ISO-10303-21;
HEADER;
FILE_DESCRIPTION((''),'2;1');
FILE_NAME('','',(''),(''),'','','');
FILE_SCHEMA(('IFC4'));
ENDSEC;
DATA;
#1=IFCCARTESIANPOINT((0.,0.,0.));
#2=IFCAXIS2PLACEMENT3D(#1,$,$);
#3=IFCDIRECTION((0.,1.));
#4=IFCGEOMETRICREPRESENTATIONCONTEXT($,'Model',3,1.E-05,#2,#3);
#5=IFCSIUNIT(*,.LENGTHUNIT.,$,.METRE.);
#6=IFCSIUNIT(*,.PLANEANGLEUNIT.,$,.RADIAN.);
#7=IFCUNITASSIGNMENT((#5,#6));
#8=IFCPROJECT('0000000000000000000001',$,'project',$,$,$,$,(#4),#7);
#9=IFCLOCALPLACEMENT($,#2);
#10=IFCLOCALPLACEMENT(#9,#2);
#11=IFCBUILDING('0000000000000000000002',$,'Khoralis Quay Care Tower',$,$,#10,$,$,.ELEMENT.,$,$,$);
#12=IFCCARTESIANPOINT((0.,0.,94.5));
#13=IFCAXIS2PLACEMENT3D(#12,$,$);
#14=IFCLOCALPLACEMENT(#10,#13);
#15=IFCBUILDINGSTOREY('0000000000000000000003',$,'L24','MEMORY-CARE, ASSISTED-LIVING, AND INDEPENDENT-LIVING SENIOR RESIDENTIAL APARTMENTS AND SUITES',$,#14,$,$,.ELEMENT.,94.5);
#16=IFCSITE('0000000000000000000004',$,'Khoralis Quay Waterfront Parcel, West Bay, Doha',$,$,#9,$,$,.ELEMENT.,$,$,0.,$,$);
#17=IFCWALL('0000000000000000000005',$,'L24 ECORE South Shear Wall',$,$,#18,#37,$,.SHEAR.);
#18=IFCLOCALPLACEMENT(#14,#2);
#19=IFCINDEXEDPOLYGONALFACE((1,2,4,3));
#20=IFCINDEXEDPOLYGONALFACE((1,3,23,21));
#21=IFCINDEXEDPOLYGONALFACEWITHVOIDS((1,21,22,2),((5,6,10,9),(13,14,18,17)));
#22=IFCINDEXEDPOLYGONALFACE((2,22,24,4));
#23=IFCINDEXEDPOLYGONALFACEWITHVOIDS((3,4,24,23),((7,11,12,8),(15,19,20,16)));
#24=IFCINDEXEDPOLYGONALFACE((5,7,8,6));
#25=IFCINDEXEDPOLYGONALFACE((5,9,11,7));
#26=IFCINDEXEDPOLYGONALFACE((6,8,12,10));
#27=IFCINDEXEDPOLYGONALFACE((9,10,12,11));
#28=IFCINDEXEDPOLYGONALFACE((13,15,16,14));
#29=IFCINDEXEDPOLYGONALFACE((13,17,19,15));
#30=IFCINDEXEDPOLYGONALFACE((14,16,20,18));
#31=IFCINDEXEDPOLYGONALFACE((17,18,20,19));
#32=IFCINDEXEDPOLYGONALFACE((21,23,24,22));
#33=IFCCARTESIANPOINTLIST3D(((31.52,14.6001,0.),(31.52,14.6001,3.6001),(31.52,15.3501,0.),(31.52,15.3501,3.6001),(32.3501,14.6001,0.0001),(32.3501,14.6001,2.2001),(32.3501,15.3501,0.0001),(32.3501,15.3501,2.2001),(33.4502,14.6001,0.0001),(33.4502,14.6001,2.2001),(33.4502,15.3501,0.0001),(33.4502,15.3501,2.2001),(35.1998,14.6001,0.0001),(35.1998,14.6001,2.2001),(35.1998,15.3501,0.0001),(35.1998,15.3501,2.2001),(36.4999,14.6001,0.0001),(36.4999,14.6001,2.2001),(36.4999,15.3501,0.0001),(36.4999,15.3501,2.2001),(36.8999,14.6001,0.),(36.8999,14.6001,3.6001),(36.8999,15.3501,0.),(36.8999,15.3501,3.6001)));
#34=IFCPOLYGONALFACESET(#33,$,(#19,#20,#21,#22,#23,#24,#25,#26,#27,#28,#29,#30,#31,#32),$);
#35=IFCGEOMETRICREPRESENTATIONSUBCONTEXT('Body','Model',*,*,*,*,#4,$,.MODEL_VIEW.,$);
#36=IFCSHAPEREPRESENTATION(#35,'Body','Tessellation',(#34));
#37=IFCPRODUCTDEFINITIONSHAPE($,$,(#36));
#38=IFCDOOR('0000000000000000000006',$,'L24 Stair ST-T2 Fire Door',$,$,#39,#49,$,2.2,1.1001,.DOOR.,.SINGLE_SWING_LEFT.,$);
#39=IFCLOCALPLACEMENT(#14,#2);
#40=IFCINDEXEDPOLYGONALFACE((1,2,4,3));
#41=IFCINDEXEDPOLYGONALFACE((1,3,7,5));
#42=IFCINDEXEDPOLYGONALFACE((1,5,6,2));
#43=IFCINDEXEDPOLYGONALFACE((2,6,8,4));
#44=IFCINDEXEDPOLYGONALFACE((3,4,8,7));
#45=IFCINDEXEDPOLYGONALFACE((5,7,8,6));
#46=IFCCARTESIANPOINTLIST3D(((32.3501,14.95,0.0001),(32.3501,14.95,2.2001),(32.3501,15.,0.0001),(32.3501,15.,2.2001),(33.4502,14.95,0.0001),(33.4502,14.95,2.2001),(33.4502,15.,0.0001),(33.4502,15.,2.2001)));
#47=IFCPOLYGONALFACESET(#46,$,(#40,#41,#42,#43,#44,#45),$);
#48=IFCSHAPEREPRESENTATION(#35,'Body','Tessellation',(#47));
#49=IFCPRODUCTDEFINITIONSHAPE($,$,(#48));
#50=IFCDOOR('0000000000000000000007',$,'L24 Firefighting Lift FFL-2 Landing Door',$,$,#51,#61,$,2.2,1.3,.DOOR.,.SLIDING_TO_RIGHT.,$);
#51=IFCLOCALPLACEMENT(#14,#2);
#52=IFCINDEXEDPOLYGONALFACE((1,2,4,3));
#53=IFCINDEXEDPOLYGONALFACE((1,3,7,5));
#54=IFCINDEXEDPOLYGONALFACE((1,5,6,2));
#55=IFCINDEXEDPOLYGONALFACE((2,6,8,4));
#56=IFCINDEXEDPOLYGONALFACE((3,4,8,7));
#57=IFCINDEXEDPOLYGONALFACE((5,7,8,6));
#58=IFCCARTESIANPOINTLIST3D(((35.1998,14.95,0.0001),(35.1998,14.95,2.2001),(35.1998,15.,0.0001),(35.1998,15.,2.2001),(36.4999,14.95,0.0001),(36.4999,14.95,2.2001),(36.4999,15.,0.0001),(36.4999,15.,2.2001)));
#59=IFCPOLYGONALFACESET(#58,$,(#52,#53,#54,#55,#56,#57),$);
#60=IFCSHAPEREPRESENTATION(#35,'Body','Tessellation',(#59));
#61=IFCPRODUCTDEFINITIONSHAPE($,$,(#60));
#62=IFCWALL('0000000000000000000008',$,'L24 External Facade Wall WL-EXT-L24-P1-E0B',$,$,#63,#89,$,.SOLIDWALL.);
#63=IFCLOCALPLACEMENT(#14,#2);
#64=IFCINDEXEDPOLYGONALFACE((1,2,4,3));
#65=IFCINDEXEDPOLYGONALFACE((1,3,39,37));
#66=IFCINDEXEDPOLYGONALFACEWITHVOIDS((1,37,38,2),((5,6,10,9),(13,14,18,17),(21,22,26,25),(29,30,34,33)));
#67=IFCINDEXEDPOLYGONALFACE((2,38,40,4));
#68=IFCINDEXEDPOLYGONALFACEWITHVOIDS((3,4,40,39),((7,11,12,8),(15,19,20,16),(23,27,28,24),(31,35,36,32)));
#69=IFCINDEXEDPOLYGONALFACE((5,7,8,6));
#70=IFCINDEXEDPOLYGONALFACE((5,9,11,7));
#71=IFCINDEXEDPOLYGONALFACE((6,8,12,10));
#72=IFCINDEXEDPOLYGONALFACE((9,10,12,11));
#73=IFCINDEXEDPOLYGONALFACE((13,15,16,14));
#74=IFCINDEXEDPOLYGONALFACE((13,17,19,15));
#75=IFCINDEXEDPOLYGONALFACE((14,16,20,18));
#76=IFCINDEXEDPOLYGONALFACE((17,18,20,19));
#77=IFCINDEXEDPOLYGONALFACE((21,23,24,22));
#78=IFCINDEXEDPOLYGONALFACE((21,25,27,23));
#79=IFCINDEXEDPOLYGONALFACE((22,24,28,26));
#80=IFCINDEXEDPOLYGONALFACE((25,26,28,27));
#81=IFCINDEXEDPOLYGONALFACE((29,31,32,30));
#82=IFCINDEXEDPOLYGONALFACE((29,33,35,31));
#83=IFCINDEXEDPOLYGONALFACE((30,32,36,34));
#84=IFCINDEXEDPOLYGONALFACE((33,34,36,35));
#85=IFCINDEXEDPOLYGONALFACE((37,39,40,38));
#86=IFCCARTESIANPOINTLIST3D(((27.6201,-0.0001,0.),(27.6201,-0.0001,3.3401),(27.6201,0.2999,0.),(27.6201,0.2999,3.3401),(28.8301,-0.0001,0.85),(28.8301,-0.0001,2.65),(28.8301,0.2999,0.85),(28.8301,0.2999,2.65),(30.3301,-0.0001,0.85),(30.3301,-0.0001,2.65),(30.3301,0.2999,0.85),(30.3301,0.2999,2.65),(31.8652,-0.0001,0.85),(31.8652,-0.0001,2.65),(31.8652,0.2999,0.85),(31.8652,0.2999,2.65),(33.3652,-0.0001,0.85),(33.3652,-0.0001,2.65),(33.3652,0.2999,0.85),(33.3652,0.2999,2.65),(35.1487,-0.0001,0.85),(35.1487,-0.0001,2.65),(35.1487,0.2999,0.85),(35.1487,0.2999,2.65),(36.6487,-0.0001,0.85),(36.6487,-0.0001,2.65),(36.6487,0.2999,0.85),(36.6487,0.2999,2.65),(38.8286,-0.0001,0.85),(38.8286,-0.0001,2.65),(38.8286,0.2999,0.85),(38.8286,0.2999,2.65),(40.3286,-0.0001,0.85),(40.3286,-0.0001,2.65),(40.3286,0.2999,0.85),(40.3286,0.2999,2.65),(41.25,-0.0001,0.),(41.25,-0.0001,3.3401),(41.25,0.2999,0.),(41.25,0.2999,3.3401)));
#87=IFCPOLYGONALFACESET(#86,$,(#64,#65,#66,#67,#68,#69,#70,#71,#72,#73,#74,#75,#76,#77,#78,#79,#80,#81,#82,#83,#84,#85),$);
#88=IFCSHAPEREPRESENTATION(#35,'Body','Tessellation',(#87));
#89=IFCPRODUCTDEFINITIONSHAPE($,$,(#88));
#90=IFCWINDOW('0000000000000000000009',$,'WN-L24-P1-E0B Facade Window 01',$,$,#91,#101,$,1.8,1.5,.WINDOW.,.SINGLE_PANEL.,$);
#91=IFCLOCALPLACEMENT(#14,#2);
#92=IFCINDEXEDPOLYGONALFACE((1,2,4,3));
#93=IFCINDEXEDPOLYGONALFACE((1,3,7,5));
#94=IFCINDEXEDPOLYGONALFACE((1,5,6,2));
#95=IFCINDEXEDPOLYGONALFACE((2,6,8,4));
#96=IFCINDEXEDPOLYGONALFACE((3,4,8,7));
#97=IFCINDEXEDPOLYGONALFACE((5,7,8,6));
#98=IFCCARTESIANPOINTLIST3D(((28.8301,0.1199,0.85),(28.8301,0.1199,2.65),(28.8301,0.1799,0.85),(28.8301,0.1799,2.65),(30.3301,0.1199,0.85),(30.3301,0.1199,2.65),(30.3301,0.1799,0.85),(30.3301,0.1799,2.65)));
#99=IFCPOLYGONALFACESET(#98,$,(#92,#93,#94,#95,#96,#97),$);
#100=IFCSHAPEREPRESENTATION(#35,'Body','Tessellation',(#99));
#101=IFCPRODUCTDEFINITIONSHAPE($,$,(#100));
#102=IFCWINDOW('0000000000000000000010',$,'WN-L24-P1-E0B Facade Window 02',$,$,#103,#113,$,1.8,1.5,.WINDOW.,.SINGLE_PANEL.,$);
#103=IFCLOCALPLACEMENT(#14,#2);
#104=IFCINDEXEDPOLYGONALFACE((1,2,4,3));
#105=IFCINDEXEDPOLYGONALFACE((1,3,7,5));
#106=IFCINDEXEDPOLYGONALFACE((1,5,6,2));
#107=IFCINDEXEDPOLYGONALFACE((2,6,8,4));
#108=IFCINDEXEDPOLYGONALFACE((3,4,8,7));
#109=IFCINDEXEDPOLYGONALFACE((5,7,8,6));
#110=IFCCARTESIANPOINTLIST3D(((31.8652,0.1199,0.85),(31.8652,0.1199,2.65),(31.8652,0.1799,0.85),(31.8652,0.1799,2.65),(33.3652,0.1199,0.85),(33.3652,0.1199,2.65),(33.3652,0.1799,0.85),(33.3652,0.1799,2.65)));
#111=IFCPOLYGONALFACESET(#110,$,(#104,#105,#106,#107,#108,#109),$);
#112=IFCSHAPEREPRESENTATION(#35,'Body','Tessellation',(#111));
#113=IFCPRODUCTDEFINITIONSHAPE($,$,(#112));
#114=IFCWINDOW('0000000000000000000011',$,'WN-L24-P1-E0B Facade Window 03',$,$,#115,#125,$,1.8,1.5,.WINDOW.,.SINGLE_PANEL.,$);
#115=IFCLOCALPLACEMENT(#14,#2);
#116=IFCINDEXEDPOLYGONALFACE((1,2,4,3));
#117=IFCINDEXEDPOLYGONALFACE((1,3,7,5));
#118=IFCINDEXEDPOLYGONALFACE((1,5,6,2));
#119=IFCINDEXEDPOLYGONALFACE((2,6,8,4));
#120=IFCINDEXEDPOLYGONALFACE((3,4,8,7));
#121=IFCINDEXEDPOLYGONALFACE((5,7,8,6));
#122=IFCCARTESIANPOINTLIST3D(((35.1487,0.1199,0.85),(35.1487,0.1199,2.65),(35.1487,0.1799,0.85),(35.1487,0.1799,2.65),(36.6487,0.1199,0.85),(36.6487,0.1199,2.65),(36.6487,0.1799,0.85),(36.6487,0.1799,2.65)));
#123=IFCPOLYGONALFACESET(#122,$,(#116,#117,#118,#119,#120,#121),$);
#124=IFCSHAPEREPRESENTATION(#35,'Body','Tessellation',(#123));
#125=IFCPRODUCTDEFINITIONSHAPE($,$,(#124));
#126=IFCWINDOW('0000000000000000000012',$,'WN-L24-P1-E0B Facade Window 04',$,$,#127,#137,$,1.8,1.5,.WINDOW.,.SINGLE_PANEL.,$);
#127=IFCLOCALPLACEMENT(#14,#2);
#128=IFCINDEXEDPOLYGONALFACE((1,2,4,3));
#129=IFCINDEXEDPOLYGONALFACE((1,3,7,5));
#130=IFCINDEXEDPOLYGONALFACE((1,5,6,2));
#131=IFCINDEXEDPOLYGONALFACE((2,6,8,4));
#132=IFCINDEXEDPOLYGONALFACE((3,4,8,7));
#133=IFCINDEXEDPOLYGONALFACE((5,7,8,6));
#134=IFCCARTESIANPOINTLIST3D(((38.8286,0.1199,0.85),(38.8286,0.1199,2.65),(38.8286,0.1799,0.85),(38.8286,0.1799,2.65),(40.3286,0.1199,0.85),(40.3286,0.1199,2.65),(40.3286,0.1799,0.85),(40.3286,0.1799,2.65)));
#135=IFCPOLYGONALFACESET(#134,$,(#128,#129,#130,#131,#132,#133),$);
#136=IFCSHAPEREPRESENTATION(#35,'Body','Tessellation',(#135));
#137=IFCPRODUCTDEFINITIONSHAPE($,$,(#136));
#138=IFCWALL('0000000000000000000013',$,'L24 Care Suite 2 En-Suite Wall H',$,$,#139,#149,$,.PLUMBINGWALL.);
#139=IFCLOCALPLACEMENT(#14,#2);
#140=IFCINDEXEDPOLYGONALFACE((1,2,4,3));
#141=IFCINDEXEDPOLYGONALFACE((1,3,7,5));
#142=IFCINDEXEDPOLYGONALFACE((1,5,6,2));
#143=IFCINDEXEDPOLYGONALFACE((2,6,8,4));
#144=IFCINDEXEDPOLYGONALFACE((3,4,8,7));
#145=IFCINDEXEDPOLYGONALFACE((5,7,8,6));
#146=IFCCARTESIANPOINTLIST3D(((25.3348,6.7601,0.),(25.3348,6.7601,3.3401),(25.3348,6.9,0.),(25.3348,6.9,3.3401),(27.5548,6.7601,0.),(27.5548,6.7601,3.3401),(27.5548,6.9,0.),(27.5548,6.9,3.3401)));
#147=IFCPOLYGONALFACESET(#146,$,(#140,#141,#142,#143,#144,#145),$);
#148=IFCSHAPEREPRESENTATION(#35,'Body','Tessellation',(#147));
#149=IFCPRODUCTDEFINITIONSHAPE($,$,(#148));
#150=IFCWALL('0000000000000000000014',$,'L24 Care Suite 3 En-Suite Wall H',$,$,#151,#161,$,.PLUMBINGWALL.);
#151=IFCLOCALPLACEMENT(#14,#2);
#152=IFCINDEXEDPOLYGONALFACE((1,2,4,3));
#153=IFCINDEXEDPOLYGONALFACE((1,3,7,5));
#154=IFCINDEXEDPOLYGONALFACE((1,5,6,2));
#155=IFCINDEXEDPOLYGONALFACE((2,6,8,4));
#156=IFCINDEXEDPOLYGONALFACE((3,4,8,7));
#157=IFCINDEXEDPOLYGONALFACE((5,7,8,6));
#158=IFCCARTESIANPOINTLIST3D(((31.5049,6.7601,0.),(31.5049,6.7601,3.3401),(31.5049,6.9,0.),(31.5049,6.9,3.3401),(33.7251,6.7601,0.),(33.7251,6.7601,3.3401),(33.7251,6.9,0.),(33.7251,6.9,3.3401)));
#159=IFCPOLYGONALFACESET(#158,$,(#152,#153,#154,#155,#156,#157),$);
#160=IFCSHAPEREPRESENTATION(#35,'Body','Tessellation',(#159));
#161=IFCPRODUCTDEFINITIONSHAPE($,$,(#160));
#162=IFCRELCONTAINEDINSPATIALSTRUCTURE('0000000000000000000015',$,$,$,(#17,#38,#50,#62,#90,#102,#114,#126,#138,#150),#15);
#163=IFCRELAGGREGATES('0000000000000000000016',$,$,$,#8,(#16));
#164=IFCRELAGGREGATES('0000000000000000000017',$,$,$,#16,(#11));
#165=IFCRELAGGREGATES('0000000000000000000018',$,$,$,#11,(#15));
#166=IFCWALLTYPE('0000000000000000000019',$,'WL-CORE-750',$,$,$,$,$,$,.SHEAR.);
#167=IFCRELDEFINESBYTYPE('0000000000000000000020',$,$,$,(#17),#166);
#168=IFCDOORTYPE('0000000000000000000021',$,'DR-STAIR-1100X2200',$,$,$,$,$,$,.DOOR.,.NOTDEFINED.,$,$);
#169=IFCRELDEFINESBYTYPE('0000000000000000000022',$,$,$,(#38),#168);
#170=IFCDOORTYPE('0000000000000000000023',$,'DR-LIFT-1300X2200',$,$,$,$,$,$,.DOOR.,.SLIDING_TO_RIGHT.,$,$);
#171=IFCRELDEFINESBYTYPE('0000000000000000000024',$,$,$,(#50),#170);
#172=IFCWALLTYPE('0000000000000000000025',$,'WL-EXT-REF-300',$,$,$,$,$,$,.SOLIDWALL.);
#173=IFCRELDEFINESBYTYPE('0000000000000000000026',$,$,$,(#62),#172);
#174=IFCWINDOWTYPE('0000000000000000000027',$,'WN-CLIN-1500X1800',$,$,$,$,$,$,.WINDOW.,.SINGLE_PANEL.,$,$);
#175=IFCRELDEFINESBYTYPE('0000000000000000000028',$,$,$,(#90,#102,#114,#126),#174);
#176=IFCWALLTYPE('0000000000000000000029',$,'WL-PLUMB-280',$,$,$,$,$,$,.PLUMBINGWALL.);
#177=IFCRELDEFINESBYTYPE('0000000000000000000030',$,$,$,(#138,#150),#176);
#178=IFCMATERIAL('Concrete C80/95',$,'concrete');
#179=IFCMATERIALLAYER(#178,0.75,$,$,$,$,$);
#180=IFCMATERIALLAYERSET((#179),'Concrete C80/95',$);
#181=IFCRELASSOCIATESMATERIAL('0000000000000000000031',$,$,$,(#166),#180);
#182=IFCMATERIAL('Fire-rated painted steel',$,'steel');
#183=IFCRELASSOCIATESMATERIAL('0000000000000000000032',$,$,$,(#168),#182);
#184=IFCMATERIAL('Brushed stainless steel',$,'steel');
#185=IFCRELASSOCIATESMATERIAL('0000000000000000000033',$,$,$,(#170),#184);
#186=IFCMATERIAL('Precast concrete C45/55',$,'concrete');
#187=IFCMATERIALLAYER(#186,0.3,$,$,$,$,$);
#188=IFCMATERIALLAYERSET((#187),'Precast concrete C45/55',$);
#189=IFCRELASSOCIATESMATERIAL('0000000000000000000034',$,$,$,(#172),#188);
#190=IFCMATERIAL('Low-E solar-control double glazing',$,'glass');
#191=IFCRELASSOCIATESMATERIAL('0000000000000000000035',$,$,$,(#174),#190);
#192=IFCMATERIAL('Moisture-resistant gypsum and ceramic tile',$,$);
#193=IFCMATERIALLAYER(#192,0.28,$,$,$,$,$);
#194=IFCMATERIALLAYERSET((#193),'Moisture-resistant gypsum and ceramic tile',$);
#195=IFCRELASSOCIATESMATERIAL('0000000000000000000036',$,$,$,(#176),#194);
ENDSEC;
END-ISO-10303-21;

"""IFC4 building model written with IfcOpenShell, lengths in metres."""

from ifc_helpers import new_model, si_unit, direction, frame, frame_2d, origin, place, context, subcontext, project, spatial, rectangle, extrude, source, transform, mapped, material, layer, layer_set, type_object, element, fill, save


model = new_model("IFC4")

# Units and contexts
model_context = context("Model", 3, precision=1e-05, world=origin(), true_north=direction((0.0, 1.0)))
body_context = subcontext(model_context, "Body", "Model", "MODEL_VIEW")
ifc_project = project(units=[si_unit("LENGTHUNIT", "METRE"), si_unit("PLANEANGLEUNIT", "RADIAN")], contexts=[model_context])

# Site, building, storey
site_placement = place(None, origin())
site = spatial("IfcSite", under=ifc_project, at=site_placement, Name="Khoralis Quay Waterfront Parcel, West Bay, Doha", CompositionType="ELEMENT", RefElevation=0.0)
building_placement = place(site_placement, origin())
building = spatial("IfcBuilding", under=site, at=building_placement, Name="Khoralis Quay Care Tower", CompositionType="ELEMENT")
storey_placement = place(building_placement, frame((0.0, 0.0, 94.5)))
storey = spatial("IfcBuildingStorey", under=building, at=storey_placement, Name="L24", Description="MEMORY-CARE, ASSISTED-LIVING, AND INDEPENDENT-LIVING SENIOR RESIDENTIAL APARTMENTS AND SUITES", CompositionType="ELEMENT", Elevation=94.5)

# Shared definitions
ifc_material_1 = material(Name="Low-E solar-control double glazing", Category="glass")

# Shared definitions
ifc_material_2 = material(Name="Fire-rated painted steel", Category="steel")

# Shared definitions
ifc_material_3 = material(Name="Concrete C80/95", Category="concrete")
ifc_layer_1 = layer(ifc_material_3, 0.75)
ifc_layer_set_1 = layer_set([ifc_layer_1], Name="Concrete C80/95")
wall_type_1 = type_object("IfcWallType", Name="WL-CORE-750", PredefinedType="SHEAR", material=ifc_layer_set_1)

# Wall, openings, doors
wall_1_placement = place(storey_placement, frame((31.52, 14.9751, 0.0), z_axis=(0.0, 0.0, 1.0), x_axis=(1.0, 0.0, 0.0)))
wall_1 = element("IfcWall", 1, at=wall_1_placement, inside=storey, type_object=wall_type_1, Name="L24 ECORE South Shear Wall", PredefinedType="SHEAR", context=body_context, shape_type="SweptSolid", body=[
    extrude(rectangle(XDim=5.3799, YDim=0.75, at=frame_2d((2.6899, 0.0))), origin(), (0.0, 0.0, 1.0), 3.6001),
])
opening_1_placement = place(wall_1_placement, frame((0.8301, 0.0, 0.0)))
opening_1 = element("IfcOpeningElement", 2, at=opening_1_placement, cuts=wall_1, PredefinedType="OPENING", context=body_context, shape_type="SweptSolid", body=[
    extrude(rectangle(XDim=1.1001, YDim=2.2, at=frame_2d((0.55, 1.1001))), frame((0.0, 0.385, 0.0), z_axis=(0.0, -1.0, 0.0), x_axis=(1.0, 0.0, 0.0)), (0.0, 0.0, 1.0), 0.77),
])
opening_2_placement = place(wall_1_placement, frame((3.6799, 0.0, 0.0)))
opening_2 = element("IfcOpeningElement", 3, at=opening_2_placement, cuts=wall_1, PredefinedType="OPENING", context=body_context, shape_type="SweptSolid", body=[
    extrude(rectangle(XDim=1.3, YDim=2.2, at=frame_2d((0.6499, 1.1001))), frame((0.0, 0.385, 0.0), z_axis=(0.0, -1.0, 0.0), x_axis=(1.0, 0.0, 0.0)), (0.0, 0.0, 1.0), 0.77),
])
door_type_1 = type_object("IfcDoorType", Name="DR-STAIR-1100X2200", OperationType="NOTDEFINED", PredefinedType="DOOR", material=ifc_material_2)
shared_shape_1 = source(origin(), body_context, "Body", "SweptSolid", [
    extrude(rectangle(XDim=1.1001, YDim=2.2, at=frame_2d((0.55, 1.1001))), frame((0.0, 0.0249, 0.0), z_axis=(0.0, -1.0, 0.0), x_axis=(1.0, 0.0, 0.0)), (0.0, 0.0, 1.0), 0.05),
])
door_1_placement = place(opening_1_placement, origin())
door_1 = element("IfcDoor", 4, at=door_1_placement, inside=storey, type_object=door_type_1, Name="L24 Stair ST-T2 Fire Door", OperationType="SINGLE_SWING_LEFT", OverallHeight=2.2, OverallWidth=1.1001, PredefinedType="DOOR", context=body_context, shape_type="MappedRepresentation", body=[
    mapped(shared_shape_1, transform((0.0, 0.0, 0.0), scale=1.0)),
])
fill(opening_1, door_1)
ifc_material_4 = material(Name="Brushed stainless steel", Category="steel")
door_type_2 = type_object("IfcDoorType", Name="DR-LIFT-1300X2200", OperationType="SLIDING_TO_RIGHT", PredefinedType="DOOR", material=ifc_material_4)
shared_shape_2 = source(origin(), body_context, "Body", "SweptSolid", [
    extrude(rectangle(XDim=1.3, YDim=2.2, at=frame_2d((0.6499, 1.1001))), frame((0.0, 0.0249, 0.0), z_axis=(0.0, -1.0, 0.0), x_axis=(1.0, 0.0, 0.0)), (0.0, 0.0, 1.0), 0.05),
])
door_2_placement = place(opening_2_placement, origin())
door_2 = element("IfcDoor", 5, at=door_2_placement, inside=storey, type_object=door_type_2, Name="L24 Firefighting Lift FFL-2 Landing Door", OperationType="SLIDING_TO_RIGHT", OverallHeight=2.2, OverallWidth=1.3, PredefinedType="DOOR", context=body_context, shape_type="MappedRepresentation", body=[
    mapped(shared_shape_2, transform((0.0, 0.0, 0.0), scale=1.0)),
])
fill(opening_2, door_2)

# Wall, openings, windows
ifc_material_5 = material(Name="Precast concrete C45/55", Category="concrete")
ifc_layer_2 = layer(ifc_material_5, 0.3)
ifc_layer_set_2 = layer_set([ifc_layer_2], Name="Precast concrete C45/55")
wall_type_2 = type_object("IfcWallType", Name="WL-EXT-REF-300", PredefinedType="SOLIDWALL", material=ifc_layer_set_2)
wall_2_placement = place(storey_placement, frame((27.6201, 0.1499, 0.0), z_axis=(0.0, 0.0, 1.0), x_axis=(1.0, 0.0, 0.0)))
wall_2 = element("IfcWall", 6, at=wall_2_placement, inside=storey, type_object=wall_type_2, Name="L24 External Facade Wall WL-EXT-L24-P1-E0B", PredefinedType="SOLIDWALL", context=body_context, shape_type="SweptSolid", body=[
    extrude(rectangle(XDim=13.6299, YDim=0.3, at=frame_2d((6.8149, 0.0))), origin(), (0.0, 0.0, 1.0), 3.3401),
])
opening_3_placement = place(wall_2_placement, frame((1.21, 0.0, 0.8501)))
opening_3 = element("IfcOpeningElement", 7, at=opening_3_placement, cuts=wall_2, PredefinedType="OPENING", context=body_context, shape_type="SweptSolid", body=[
    extrude(rectangle(XDim=1.5, YDim=1.8, at=frame_2d((0.75, 0.8999))), frame((0.0, 0.1602, 0.0), z_axis=(0.0, -1.0, 0.0), x_axis=(1.0, 0.0, 0.0)), (0.0, 0.0, 1.0), 0.3201),
])
opening_4_placement = place(wall_2_placement, frame((4.2451, 0.0, 0.8501)))
opening_4 = element("IfcOpeningElement", 8, at=opening_4_placement, cuts=wall_2, PredefinedType="OPENING", context=body_context, shape_type="SweptSolid", body=[
    extrude(rectangle(XDim=1.5, YDim=1.8, at=frame_2d((0.75, 0.8999))), frame((0.0, 0.1602, 0.0), z_axis=(0.0, -1.0, 0.0), x_axis=(1.0, 0.0, 0.0)), (0.0, 0.0, 1.0), 0.3201),
])
opening_5_placement = place(wall_2_placement, frame((7.5286, 0.0, 0.8501)))
opening_5 = element("IfcOpeningElement", 9, at=opening_5_placement, cuts=wall_2, PredefinedType="OPENING", context=body_context, shape_type="SweptSolid", body=[
    extrude(rectangle(XDim=1.5, YDim=1.8, at=frame_2d((0.75, 0.8999))), frame((0.0, 0.1602, 0.0), z_axis=(0.0, -1.0, 0.0), x_axis=(1.0, 0.0, 0.0)), (0.0, 0.0, 1.0), 0.3201),
])
opening_6_placement = place(wall_2_placement, frame((11.2085, 0.0, 0.8501)))
opening_6 = element("IfcOpeningElement", 10, at=opening_6_placement, cuts=wall_2, PredefinedType="OPENING", context=body_context, shape_type="SweptSolid", body=[
    extrude(rectangle(XDim=1.5, YDim=1.8, at=frame_2d((0.75, 0.8999))), frame((0.0, 0.1602, 0.0), z_axis=(0.0, -1.0, 0.0), x_axis=(1.0, 0.0, 0.0)), (0.0, 0.0, 1.0), 0.3201),
])
window_type = type_object("IfcWindowType", Name="WN-CLIN-1500X1800", PartitioningType="SINGLE_PANEL", PredefinedType="WINDOW", material=ifc_material_1)
shared_shape_3 = source(origin(), body_context, "Body", "SweptSolid", [
    extrude(rectangle(XDim=1.5, YDim=1.8, at=frame_2d((0.75, 0.8999))), frame((0.0, 0.03, 0.0), z_axis=(0.0, -1.0, 0.0), x_axis=(1.0, 0.0, 0.0)), (0.0, 0.0, 1.0), 0.0601),
])
window_1_placement = place(opening_3_placement, origin())
window_1 = element("IfcWindow", 11, at=window_1_placement, inside=storey, type_object=window_type, Name="WN-L24-P1-E0B Facade Window 01", OverallHeight=1.8, OverallWidth=1.5, PartitioningType="SINGLE_PANEL", PredefinedType="WINDOW", context=body_context, shape_type="MappedRepresentation", body=[
    mapped(shared_shape_3, transform((0.0, 0.0, 0.0), scale=1.0)),
])
fill(opening_3, window_1)
window_2_placement = place(opening_4_placement, origin())
window_2 = element("IfcWindow", 12, at=window_2_placement, inside=storey, type_object=window_type, Name="WN-L24-P1-E0B Facade Window 02", OverallHeight=1.8, OverallWidth=1.5, PartitioningType="SINGLE_PANEL", PredefinedType="WINDOW", context=body_context, shape_type="MappedRepresentation", body=[
    mapped(shared_shape_3, transform((0.0, 0.0, 0.0), scale=1.0)),
])
fill(opening_4, window_2)
window_3_placement = place(opening_5_placement, origin())
window_3 = element("IfcWindow", 13, at=window_3_placement, inside=storey, type_object=window_type, Name="WN-L24-P1-E0B Facade Window 03", OverallHeight=1.8, OverallWidth=1.5, PartitioningType="SINGLE_PANEL", PredefinedType="WINDOW", context=body_context, shape_type="MappedRepresentation", body=[
    mapped(shared_shape_3, transform((0.0, 0.0, 0.0), scale=1.0)),
])
fill(opening_5, window_3)
window_4_placement = place(opening_6_placement, origin())
window_4 = element("IfcWindow", 14, at=window_4_placement, inside=storey, type_object=window_type, Name="WN-L24-P1-E0B Facade Window 04", OverallHeight=1.8, OverallWidth=1.5, PartitioningType="SINGLE_PANEL", PredefinedType="WINDOW", context=body_context, shape_type="MappedRepresentation", body=[
    mapped(shared_shape_3, transform((0.0, 0.0, 0.0), scale=1.0)),
])
fill(opening_6, window_4)

# Walls
ifc_material_6 = material(Name="Moisture-resistant gypsum and ceramic tile")
ifc_layer_3 = layer(ifc_material_6, 0.28)
ifc_layer_set_3 = layer_set([ifc_layer_3], Name="Moisture-resistant gypsum and ceramic tile")
wall_type_3 = type_object("IfcWallType", Name="WL-PLUMB-280", PredefinedType="PLUMBINGWALL", material=ifc_layer_set_3)
wall_3_placement = place(storey_placement, frame((25.335, 6.8301, 0.0), z_axis=(0.0, 0.0, 1.0), x_axis=(1.0, 0.0, 0.0)))
element("IfcWall", 15, at=wall_3_placement, inside=storey, type_object=wall_type_3, Name="L24 Care Suite 2 En-Suite Wall H", PredefinedType="PLUMBINGWALL", context=body_context, shape_type="SweptSolid", body=[
    extrude(rectangle(XDim=2.22, YDim=0.1399, at=frame_2d((1.1099, 0.0))), origin(), (0.0, 0.0, 1.0), 3.3401),
])
wall_4_placement = place(storey_placement, frame((31.5049, 6.8301, 0.0), z_axis=(0.0, 0.0, 1.0), x_axis=(1.0, 0.0, 0.0)))
element("IfcWall", 16, at=wall_4_placement, inside=storey, type_object=wall_type_3, Name="L24 Care Suite 3 En-Suite Wall H", PredefinedType="PLUMBINGWALL", context=body_context, shape_type="SweptSolid", body=[
    extrude(rectangle(XDim=2.2202, YDim=0.1399, at=frame_2d((1.1101, 0.0))), origin(), (0.0, 0.0, 1.0), 3.3401),
])

save(model, "model.ifc")
